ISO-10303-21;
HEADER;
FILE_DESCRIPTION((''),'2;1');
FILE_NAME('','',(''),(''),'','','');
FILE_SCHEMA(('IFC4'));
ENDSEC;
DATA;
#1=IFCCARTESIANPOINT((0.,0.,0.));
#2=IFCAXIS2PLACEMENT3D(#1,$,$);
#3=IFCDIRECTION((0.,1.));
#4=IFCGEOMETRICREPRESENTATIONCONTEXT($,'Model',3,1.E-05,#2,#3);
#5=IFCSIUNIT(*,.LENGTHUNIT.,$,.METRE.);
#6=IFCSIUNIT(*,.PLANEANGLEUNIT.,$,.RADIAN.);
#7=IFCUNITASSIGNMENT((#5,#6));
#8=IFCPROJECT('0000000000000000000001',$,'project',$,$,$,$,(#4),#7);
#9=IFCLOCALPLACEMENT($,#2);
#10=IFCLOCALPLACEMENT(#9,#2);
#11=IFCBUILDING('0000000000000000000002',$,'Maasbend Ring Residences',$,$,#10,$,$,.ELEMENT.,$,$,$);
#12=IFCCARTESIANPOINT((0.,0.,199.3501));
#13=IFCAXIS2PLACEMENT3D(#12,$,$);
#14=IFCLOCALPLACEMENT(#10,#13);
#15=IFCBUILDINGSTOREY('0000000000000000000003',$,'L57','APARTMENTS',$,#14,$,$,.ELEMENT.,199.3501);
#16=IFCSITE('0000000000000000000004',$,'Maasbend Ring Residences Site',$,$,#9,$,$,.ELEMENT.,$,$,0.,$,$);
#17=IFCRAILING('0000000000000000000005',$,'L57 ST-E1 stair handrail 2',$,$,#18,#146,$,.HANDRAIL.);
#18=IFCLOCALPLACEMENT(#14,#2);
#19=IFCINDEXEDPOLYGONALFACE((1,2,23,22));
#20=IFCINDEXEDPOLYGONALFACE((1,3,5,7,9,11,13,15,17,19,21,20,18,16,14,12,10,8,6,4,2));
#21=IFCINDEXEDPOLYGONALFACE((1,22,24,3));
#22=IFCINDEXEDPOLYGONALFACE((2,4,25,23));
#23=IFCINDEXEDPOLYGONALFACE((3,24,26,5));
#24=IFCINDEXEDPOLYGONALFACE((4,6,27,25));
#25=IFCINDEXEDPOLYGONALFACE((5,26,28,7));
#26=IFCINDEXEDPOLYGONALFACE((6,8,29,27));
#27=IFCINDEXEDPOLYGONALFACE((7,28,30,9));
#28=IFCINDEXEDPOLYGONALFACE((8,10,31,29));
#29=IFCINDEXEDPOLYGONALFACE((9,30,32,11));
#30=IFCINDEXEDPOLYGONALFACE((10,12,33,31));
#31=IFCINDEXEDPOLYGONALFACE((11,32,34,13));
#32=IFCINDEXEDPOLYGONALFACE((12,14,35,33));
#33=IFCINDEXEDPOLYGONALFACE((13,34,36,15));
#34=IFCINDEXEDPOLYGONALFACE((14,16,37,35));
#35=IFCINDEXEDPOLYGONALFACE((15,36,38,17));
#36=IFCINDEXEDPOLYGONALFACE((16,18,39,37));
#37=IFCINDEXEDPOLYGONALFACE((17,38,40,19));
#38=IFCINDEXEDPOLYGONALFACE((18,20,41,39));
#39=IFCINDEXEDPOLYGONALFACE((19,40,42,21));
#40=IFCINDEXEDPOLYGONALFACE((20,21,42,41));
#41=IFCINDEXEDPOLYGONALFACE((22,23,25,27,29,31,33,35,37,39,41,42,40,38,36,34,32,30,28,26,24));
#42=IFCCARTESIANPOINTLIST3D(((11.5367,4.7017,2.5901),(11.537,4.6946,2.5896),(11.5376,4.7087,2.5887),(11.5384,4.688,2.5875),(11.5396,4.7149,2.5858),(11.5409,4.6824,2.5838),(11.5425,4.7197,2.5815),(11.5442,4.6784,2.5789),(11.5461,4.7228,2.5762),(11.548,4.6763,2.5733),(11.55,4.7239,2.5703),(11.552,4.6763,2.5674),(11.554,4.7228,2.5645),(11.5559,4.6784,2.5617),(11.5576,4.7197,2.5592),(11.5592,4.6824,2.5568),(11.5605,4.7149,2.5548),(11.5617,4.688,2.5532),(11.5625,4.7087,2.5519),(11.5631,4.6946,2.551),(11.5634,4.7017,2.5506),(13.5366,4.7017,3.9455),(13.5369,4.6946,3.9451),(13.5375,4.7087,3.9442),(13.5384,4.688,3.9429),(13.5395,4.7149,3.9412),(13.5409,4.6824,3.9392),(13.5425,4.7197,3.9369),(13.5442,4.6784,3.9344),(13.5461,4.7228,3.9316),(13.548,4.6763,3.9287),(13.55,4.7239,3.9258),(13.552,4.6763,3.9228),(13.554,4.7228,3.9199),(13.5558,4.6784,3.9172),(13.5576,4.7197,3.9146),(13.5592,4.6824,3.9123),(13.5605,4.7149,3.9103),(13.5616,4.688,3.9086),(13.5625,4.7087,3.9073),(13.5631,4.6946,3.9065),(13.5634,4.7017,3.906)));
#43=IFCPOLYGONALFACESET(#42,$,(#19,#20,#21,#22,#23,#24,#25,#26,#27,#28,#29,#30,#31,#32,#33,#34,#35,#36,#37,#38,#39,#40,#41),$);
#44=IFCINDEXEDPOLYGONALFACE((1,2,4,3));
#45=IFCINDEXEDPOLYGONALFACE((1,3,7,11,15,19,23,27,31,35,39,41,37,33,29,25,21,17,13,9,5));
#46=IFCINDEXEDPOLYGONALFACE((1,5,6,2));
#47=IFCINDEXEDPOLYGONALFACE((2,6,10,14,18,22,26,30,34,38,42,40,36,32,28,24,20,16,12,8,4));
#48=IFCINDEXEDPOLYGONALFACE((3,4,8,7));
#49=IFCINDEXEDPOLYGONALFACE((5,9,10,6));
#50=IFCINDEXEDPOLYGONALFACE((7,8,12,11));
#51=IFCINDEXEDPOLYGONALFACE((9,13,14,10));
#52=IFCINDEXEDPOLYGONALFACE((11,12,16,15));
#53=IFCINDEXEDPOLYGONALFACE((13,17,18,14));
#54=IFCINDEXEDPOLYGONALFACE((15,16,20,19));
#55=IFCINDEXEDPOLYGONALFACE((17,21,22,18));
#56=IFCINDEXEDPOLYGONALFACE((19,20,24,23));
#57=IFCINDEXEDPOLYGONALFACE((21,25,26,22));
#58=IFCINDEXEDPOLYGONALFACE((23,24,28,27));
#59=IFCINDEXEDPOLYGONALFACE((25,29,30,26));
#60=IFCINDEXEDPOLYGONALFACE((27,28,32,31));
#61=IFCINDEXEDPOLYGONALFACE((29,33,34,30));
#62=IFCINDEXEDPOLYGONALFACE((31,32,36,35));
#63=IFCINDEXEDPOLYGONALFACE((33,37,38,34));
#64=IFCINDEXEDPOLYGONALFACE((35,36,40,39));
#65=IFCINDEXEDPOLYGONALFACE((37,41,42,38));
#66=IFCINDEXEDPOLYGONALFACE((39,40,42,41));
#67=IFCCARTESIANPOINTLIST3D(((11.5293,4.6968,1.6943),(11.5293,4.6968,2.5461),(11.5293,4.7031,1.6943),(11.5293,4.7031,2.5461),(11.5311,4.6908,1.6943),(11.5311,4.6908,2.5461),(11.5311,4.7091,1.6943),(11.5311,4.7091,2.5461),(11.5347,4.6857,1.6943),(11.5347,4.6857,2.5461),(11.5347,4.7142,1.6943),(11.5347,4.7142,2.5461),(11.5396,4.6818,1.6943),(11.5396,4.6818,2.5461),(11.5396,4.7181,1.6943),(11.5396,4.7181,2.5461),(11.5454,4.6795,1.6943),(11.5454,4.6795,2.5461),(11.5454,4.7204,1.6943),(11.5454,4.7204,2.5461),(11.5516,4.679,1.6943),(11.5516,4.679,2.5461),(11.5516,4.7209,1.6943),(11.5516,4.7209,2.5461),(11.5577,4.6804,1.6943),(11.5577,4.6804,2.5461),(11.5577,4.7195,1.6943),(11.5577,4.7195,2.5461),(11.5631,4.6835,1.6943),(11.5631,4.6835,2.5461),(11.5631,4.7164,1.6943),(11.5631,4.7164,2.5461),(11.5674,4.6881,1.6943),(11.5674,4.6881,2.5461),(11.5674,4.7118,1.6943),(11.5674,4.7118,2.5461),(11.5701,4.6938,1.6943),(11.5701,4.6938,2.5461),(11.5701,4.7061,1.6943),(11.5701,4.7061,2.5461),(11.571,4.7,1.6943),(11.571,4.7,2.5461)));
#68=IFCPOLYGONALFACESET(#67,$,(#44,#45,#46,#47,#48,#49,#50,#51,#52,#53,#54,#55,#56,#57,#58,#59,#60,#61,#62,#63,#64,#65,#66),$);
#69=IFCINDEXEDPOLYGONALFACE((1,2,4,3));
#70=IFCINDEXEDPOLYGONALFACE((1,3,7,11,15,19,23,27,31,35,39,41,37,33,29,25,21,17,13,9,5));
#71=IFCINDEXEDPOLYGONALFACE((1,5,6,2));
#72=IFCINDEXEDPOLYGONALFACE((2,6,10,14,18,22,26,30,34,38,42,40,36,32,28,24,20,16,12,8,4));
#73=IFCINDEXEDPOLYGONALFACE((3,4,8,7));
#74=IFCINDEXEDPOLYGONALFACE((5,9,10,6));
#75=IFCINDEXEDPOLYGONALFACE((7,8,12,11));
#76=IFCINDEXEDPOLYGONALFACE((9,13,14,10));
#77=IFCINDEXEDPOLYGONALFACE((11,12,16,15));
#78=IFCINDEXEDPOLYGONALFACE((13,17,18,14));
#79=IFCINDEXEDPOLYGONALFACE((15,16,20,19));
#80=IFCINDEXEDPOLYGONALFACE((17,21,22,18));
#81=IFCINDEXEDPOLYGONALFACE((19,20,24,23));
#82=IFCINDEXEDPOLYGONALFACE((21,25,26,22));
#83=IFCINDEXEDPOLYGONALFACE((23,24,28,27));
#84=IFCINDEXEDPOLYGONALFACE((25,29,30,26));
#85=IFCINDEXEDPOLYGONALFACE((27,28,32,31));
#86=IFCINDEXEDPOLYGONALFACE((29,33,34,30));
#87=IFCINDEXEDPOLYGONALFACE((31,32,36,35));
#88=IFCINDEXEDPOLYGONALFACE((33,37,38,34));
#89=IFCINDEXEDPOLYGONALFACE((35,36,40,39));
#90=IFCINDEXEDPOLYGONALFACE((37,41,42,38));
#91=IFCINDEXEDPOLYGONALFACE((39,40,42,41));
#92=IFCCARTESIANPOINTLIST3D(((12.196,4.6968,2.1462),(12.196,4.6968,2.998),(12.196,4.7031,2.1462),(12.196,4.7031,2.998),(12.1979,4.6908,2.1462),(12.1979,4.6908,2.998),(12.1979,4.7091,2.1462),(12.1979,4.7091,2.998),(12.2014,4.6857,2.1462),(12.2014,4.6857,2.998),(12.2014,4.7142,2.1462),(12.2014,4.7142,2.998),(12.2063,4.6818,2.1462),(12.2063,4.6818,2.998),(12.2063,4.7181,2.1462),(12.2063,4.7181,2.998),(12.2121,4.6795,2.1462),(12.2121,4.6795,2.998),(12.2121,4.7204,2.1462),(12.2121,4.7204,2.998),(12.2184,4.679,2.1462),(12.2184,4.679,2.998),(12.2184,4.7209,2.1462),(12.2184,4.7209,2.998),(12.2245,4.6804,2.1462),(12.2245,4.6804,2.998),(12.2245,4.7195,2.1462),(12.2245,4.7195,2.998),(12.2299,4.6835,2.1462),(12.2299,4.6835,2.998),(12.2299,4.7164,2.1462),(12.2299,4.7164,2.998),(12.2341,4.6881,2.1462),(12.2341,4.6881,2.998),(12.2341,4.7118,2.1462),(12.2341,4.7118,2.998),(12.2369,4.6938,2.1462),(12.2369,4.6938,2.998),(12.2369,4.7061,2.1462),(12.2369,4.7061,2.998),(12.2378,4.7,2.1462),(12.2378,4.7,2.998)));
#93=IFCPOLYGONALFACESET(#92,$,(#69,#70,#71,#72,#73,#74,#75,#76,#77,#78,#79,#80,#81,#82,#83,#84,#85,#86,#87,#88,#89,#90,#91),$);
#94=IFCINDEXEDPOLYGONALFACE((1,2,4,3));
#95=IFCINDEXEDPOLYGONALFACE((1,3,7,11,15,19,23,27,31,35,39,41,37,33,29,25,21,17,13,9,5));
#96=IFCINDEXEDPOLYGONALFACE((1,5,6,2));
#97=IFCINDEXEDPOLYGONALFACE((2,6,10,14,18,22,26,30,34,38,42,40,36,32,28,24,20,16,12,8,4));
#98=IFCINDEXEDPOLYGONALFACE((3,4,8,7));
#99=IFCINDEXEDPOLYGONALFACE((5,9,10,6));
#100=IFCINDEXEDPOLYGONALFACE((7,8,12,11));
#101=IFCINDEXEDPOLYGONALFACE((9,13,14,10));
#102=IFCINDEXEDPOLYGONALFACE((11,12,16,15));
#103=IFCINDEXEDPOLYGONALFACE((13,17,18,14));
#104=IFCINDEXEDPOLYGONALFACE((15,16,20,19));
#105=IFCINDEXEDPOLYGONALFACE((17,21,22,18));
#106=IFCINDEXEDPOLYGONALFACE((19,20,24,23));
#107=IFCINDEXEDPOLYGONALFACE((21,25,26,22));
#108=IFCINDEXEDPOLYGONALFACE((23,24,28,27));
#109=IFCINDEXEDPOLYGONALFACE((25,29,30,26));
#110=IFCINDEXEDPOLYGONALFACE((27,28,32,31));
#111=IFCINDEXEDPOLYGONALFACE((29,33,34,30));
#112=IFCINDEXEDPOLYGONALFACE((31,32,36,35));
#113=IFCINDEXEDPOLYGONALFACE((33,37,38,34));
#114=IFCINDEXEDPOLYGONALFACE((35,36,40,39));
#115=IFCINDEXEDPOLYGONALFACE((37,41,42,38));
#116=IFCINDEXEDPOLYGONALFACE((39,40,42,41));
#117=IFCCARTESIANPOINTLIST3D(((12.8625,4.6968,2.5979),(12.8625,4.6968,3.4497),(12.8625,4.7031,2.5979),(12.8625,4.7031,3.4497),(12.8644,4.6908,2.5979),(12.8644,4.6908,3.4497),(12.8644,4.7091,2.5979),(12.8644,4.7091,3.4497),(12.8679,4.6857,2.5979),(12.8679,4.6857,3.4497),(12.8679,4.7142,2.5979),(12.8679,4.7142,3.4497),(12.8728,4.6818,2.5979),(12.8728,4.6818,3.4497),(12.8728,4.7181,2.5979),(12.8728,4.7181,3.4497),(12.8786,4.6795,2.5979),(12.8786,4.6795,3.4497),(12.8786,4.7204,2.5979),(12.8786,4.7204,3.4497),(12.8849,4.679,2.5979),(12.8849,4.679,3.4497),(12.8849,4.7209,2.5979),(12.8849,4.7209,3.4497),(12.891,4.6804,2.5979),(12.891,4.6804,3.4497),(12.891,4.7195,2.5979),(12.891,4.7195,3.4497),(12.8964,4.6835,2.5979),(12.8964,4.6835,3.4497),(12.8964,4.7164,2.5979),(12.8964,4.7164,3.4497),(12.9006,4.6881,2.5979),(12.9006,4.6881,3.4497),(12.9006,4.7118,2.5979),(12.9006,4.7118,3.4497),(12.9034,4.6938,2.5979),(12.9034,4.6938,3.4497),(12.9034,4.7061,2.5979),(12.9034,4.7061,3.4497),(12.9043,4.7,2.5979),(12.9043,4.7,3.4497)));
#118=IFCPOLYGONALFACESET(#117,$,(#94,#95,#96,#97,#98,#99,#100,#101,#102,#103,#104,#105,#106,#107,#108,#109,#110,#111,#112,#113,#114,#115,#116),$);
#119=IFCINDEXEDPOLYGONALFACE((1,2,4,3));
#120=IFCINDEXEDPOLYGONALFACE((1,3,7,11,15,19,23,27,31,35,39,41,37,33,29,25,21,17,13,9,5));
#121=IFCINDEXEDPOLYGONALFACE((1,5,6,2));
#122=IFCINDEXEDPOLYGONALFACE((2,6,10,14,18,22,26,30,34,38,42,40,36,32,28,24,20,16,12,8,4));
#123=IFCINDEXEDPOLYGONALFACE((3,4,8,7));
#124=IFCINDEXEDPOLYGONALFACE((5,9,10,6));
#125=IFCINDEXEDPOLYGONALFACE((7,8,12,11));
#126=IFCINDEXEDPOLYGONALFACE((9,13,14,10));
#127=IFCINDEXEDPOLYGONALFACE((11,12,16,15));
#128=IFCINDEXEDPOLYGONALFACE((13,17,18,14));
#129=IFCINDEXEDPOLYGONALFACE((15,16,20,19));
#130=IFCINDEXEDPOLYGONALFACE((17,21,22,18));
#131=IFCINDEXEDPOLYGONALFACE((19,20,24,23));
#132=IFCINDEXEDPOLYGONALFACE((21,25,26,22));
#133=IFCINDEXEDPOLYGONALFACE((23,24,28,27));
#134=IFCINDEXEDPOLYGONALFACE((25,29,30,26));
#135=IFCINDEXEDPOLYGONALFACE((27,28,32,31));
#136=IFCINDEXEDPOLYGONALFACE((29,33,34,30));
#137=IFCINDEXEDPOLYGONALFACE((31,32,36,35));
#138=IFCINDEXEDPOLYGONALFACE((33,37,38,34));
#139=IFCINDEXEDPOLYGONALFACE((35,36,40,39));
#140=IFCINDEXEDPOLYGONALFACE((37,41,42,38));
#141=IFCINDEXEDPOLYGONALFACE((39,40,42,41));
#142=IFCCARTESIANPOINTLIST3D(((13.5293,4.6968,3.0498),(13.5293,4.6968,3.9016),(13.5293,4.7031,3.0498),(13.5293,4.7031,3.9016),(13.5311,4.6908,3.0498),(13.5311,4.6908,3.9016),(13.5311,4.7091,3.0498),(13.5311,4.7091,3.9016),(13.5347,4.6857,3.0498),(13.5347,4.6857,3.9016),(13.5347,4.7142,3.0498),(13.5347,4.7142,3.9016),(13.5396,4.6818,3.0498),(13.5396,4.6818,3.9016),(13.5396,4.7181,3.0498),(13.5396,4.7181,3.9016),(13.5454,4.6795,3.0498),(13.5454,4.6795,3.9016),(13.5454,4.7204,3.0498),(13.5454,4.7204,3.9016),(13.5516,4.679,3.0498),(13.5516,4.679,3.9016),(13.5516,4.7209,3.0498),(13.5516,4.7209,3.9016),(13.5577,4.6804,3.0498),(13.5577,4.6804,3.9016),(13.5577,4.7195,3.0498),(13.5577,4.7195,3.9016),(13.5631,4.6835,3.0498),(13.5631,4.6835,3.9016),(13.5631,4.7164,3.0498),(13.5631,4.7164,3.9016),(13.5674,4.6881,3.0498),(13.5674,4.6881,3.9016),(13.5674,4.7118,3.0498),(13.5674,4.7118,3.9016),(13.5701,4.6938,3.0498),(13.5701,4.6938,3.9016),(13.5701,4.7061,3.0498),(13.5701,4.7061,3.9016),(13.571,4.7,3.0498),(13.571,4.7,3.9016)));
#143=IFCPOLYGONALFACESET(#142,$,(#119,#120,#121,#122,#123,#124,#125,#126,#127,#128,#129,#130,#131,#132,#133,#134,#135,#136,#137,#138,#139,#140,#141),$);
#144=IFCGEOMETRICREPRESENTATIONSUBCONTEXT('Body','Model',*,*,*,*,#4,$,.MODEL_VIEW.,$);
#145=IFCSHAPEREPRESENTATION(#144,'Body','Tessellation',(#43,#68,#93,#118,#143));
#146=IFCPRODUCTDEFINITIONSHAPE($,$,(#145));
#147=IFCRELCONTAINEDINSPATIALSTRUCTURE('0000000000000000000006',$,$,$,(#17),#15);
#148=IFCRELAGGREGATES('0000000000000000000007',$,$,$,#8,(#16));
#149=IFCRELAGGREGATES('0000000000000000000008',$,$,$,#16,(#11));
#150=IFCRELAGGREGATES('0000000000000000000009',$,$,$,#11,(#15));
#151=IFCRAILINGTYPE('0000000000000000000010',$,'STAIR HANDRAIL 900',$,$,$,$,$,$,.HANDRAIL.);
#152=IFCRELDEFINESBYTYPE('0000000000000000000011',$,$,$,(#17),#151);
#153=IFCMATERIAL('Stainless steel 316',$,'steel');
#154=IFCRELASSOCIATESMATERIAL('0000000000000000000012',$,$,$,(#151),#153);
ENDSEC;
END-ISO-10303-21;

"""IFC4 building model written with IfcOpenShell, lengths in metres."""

from ifc_helpers import new_model, si_unit, direction, frame, origin, origin_2d, place, context, subcontext, project, spatial, circle, extrude, material, type_object, element, save


model = new_model("IFC4")

# Units and contexts
model_context = context("Model", 3, precision=1e-05, world=origin(), true_north=direction((0.0, 1.0)))
body_context = subcontext(model_context, "Body", "Model", "MODEL_VIEW")
ifc_project = project(units=[si_unit("LENGTHUNIT", "METRE"), si_unit("PLANEANGLEUNIT", "RADIAN")], contexts=[model_context])

# Site, building, storey
site_placement = place(None, origin())
site = spatial("IfcSite", under=ifc_project, at=site_placement, Name="Maasbend Ring Residences Site", CompositionType="ELEMENT", RefElevation=0.0)
building_placement = place(site_placement, origin())
building = spatial("IfcBuilding", under=site, at=building_placement, Name="Maasbend Ring Residences", CompositionType="ELEMENT")
storey_placement = place(building_placement, frame((0.0, 0.0, 199.3501)))
storey = spatial("IfcBuildingStorey", under=building, at=storey_placement, Name="L57", Description="APARTMENTS", CompositionType="ELEMENT", Elevation=199.3501)

# Railing
ifc_material_1 = material(Name="Stainless steel 316", Category="steel")
railing_type_1 = type_object("IfcRailingType", Name="STAIR HANDRAIL 900", PredefinedType="HANDRAIL", material=ifc_material_1)
railing_1_placement = place(storey_placement, frame((11.55, 4.7, 1.6943)))
element("IfcRailing", 1, at=railing_1_placement, inside=storey, type_object=railing_type_1, Name="L57 ST-E1 stair handrail 2", PredefinedType="HANDRAIL", context=body_context, shape_type="SweptSolid", body=[
    extrude(circle(Radius=0.0239, at=origin_2d()), frame((0.0, 0.0, 0.876), z_axis=(0.827798, 0.0, 0.561027), x_axis=(0.0, 1.0, 0.0)), (0.0, 0.0, 1.0), 2.416),
    extrude(circle(Radius=0.021, at=origin_2d()), origin(), (0.0, 0.0, 1.0), 0.8518),
    extrude(circle(Radius=0.021, at=origin_2d()), frame((0.6667, 0.0, 0.4519)), (0.0, 0.0, 1.0), 0.8518),
    extrude(circle(Radius=0.021, at=origin_2d()), frame((1.3333, 0.0, 0.9036)), (0.0, 0.0, 1.0), 0.8518),
    extrude(circle(Radius=0.021, at=origin_2d()), frame((2.0, 0.0, 1.3555)), (0.0, 0.0, 1.0), 0.8518),
])

save(model, "model.ifc")
